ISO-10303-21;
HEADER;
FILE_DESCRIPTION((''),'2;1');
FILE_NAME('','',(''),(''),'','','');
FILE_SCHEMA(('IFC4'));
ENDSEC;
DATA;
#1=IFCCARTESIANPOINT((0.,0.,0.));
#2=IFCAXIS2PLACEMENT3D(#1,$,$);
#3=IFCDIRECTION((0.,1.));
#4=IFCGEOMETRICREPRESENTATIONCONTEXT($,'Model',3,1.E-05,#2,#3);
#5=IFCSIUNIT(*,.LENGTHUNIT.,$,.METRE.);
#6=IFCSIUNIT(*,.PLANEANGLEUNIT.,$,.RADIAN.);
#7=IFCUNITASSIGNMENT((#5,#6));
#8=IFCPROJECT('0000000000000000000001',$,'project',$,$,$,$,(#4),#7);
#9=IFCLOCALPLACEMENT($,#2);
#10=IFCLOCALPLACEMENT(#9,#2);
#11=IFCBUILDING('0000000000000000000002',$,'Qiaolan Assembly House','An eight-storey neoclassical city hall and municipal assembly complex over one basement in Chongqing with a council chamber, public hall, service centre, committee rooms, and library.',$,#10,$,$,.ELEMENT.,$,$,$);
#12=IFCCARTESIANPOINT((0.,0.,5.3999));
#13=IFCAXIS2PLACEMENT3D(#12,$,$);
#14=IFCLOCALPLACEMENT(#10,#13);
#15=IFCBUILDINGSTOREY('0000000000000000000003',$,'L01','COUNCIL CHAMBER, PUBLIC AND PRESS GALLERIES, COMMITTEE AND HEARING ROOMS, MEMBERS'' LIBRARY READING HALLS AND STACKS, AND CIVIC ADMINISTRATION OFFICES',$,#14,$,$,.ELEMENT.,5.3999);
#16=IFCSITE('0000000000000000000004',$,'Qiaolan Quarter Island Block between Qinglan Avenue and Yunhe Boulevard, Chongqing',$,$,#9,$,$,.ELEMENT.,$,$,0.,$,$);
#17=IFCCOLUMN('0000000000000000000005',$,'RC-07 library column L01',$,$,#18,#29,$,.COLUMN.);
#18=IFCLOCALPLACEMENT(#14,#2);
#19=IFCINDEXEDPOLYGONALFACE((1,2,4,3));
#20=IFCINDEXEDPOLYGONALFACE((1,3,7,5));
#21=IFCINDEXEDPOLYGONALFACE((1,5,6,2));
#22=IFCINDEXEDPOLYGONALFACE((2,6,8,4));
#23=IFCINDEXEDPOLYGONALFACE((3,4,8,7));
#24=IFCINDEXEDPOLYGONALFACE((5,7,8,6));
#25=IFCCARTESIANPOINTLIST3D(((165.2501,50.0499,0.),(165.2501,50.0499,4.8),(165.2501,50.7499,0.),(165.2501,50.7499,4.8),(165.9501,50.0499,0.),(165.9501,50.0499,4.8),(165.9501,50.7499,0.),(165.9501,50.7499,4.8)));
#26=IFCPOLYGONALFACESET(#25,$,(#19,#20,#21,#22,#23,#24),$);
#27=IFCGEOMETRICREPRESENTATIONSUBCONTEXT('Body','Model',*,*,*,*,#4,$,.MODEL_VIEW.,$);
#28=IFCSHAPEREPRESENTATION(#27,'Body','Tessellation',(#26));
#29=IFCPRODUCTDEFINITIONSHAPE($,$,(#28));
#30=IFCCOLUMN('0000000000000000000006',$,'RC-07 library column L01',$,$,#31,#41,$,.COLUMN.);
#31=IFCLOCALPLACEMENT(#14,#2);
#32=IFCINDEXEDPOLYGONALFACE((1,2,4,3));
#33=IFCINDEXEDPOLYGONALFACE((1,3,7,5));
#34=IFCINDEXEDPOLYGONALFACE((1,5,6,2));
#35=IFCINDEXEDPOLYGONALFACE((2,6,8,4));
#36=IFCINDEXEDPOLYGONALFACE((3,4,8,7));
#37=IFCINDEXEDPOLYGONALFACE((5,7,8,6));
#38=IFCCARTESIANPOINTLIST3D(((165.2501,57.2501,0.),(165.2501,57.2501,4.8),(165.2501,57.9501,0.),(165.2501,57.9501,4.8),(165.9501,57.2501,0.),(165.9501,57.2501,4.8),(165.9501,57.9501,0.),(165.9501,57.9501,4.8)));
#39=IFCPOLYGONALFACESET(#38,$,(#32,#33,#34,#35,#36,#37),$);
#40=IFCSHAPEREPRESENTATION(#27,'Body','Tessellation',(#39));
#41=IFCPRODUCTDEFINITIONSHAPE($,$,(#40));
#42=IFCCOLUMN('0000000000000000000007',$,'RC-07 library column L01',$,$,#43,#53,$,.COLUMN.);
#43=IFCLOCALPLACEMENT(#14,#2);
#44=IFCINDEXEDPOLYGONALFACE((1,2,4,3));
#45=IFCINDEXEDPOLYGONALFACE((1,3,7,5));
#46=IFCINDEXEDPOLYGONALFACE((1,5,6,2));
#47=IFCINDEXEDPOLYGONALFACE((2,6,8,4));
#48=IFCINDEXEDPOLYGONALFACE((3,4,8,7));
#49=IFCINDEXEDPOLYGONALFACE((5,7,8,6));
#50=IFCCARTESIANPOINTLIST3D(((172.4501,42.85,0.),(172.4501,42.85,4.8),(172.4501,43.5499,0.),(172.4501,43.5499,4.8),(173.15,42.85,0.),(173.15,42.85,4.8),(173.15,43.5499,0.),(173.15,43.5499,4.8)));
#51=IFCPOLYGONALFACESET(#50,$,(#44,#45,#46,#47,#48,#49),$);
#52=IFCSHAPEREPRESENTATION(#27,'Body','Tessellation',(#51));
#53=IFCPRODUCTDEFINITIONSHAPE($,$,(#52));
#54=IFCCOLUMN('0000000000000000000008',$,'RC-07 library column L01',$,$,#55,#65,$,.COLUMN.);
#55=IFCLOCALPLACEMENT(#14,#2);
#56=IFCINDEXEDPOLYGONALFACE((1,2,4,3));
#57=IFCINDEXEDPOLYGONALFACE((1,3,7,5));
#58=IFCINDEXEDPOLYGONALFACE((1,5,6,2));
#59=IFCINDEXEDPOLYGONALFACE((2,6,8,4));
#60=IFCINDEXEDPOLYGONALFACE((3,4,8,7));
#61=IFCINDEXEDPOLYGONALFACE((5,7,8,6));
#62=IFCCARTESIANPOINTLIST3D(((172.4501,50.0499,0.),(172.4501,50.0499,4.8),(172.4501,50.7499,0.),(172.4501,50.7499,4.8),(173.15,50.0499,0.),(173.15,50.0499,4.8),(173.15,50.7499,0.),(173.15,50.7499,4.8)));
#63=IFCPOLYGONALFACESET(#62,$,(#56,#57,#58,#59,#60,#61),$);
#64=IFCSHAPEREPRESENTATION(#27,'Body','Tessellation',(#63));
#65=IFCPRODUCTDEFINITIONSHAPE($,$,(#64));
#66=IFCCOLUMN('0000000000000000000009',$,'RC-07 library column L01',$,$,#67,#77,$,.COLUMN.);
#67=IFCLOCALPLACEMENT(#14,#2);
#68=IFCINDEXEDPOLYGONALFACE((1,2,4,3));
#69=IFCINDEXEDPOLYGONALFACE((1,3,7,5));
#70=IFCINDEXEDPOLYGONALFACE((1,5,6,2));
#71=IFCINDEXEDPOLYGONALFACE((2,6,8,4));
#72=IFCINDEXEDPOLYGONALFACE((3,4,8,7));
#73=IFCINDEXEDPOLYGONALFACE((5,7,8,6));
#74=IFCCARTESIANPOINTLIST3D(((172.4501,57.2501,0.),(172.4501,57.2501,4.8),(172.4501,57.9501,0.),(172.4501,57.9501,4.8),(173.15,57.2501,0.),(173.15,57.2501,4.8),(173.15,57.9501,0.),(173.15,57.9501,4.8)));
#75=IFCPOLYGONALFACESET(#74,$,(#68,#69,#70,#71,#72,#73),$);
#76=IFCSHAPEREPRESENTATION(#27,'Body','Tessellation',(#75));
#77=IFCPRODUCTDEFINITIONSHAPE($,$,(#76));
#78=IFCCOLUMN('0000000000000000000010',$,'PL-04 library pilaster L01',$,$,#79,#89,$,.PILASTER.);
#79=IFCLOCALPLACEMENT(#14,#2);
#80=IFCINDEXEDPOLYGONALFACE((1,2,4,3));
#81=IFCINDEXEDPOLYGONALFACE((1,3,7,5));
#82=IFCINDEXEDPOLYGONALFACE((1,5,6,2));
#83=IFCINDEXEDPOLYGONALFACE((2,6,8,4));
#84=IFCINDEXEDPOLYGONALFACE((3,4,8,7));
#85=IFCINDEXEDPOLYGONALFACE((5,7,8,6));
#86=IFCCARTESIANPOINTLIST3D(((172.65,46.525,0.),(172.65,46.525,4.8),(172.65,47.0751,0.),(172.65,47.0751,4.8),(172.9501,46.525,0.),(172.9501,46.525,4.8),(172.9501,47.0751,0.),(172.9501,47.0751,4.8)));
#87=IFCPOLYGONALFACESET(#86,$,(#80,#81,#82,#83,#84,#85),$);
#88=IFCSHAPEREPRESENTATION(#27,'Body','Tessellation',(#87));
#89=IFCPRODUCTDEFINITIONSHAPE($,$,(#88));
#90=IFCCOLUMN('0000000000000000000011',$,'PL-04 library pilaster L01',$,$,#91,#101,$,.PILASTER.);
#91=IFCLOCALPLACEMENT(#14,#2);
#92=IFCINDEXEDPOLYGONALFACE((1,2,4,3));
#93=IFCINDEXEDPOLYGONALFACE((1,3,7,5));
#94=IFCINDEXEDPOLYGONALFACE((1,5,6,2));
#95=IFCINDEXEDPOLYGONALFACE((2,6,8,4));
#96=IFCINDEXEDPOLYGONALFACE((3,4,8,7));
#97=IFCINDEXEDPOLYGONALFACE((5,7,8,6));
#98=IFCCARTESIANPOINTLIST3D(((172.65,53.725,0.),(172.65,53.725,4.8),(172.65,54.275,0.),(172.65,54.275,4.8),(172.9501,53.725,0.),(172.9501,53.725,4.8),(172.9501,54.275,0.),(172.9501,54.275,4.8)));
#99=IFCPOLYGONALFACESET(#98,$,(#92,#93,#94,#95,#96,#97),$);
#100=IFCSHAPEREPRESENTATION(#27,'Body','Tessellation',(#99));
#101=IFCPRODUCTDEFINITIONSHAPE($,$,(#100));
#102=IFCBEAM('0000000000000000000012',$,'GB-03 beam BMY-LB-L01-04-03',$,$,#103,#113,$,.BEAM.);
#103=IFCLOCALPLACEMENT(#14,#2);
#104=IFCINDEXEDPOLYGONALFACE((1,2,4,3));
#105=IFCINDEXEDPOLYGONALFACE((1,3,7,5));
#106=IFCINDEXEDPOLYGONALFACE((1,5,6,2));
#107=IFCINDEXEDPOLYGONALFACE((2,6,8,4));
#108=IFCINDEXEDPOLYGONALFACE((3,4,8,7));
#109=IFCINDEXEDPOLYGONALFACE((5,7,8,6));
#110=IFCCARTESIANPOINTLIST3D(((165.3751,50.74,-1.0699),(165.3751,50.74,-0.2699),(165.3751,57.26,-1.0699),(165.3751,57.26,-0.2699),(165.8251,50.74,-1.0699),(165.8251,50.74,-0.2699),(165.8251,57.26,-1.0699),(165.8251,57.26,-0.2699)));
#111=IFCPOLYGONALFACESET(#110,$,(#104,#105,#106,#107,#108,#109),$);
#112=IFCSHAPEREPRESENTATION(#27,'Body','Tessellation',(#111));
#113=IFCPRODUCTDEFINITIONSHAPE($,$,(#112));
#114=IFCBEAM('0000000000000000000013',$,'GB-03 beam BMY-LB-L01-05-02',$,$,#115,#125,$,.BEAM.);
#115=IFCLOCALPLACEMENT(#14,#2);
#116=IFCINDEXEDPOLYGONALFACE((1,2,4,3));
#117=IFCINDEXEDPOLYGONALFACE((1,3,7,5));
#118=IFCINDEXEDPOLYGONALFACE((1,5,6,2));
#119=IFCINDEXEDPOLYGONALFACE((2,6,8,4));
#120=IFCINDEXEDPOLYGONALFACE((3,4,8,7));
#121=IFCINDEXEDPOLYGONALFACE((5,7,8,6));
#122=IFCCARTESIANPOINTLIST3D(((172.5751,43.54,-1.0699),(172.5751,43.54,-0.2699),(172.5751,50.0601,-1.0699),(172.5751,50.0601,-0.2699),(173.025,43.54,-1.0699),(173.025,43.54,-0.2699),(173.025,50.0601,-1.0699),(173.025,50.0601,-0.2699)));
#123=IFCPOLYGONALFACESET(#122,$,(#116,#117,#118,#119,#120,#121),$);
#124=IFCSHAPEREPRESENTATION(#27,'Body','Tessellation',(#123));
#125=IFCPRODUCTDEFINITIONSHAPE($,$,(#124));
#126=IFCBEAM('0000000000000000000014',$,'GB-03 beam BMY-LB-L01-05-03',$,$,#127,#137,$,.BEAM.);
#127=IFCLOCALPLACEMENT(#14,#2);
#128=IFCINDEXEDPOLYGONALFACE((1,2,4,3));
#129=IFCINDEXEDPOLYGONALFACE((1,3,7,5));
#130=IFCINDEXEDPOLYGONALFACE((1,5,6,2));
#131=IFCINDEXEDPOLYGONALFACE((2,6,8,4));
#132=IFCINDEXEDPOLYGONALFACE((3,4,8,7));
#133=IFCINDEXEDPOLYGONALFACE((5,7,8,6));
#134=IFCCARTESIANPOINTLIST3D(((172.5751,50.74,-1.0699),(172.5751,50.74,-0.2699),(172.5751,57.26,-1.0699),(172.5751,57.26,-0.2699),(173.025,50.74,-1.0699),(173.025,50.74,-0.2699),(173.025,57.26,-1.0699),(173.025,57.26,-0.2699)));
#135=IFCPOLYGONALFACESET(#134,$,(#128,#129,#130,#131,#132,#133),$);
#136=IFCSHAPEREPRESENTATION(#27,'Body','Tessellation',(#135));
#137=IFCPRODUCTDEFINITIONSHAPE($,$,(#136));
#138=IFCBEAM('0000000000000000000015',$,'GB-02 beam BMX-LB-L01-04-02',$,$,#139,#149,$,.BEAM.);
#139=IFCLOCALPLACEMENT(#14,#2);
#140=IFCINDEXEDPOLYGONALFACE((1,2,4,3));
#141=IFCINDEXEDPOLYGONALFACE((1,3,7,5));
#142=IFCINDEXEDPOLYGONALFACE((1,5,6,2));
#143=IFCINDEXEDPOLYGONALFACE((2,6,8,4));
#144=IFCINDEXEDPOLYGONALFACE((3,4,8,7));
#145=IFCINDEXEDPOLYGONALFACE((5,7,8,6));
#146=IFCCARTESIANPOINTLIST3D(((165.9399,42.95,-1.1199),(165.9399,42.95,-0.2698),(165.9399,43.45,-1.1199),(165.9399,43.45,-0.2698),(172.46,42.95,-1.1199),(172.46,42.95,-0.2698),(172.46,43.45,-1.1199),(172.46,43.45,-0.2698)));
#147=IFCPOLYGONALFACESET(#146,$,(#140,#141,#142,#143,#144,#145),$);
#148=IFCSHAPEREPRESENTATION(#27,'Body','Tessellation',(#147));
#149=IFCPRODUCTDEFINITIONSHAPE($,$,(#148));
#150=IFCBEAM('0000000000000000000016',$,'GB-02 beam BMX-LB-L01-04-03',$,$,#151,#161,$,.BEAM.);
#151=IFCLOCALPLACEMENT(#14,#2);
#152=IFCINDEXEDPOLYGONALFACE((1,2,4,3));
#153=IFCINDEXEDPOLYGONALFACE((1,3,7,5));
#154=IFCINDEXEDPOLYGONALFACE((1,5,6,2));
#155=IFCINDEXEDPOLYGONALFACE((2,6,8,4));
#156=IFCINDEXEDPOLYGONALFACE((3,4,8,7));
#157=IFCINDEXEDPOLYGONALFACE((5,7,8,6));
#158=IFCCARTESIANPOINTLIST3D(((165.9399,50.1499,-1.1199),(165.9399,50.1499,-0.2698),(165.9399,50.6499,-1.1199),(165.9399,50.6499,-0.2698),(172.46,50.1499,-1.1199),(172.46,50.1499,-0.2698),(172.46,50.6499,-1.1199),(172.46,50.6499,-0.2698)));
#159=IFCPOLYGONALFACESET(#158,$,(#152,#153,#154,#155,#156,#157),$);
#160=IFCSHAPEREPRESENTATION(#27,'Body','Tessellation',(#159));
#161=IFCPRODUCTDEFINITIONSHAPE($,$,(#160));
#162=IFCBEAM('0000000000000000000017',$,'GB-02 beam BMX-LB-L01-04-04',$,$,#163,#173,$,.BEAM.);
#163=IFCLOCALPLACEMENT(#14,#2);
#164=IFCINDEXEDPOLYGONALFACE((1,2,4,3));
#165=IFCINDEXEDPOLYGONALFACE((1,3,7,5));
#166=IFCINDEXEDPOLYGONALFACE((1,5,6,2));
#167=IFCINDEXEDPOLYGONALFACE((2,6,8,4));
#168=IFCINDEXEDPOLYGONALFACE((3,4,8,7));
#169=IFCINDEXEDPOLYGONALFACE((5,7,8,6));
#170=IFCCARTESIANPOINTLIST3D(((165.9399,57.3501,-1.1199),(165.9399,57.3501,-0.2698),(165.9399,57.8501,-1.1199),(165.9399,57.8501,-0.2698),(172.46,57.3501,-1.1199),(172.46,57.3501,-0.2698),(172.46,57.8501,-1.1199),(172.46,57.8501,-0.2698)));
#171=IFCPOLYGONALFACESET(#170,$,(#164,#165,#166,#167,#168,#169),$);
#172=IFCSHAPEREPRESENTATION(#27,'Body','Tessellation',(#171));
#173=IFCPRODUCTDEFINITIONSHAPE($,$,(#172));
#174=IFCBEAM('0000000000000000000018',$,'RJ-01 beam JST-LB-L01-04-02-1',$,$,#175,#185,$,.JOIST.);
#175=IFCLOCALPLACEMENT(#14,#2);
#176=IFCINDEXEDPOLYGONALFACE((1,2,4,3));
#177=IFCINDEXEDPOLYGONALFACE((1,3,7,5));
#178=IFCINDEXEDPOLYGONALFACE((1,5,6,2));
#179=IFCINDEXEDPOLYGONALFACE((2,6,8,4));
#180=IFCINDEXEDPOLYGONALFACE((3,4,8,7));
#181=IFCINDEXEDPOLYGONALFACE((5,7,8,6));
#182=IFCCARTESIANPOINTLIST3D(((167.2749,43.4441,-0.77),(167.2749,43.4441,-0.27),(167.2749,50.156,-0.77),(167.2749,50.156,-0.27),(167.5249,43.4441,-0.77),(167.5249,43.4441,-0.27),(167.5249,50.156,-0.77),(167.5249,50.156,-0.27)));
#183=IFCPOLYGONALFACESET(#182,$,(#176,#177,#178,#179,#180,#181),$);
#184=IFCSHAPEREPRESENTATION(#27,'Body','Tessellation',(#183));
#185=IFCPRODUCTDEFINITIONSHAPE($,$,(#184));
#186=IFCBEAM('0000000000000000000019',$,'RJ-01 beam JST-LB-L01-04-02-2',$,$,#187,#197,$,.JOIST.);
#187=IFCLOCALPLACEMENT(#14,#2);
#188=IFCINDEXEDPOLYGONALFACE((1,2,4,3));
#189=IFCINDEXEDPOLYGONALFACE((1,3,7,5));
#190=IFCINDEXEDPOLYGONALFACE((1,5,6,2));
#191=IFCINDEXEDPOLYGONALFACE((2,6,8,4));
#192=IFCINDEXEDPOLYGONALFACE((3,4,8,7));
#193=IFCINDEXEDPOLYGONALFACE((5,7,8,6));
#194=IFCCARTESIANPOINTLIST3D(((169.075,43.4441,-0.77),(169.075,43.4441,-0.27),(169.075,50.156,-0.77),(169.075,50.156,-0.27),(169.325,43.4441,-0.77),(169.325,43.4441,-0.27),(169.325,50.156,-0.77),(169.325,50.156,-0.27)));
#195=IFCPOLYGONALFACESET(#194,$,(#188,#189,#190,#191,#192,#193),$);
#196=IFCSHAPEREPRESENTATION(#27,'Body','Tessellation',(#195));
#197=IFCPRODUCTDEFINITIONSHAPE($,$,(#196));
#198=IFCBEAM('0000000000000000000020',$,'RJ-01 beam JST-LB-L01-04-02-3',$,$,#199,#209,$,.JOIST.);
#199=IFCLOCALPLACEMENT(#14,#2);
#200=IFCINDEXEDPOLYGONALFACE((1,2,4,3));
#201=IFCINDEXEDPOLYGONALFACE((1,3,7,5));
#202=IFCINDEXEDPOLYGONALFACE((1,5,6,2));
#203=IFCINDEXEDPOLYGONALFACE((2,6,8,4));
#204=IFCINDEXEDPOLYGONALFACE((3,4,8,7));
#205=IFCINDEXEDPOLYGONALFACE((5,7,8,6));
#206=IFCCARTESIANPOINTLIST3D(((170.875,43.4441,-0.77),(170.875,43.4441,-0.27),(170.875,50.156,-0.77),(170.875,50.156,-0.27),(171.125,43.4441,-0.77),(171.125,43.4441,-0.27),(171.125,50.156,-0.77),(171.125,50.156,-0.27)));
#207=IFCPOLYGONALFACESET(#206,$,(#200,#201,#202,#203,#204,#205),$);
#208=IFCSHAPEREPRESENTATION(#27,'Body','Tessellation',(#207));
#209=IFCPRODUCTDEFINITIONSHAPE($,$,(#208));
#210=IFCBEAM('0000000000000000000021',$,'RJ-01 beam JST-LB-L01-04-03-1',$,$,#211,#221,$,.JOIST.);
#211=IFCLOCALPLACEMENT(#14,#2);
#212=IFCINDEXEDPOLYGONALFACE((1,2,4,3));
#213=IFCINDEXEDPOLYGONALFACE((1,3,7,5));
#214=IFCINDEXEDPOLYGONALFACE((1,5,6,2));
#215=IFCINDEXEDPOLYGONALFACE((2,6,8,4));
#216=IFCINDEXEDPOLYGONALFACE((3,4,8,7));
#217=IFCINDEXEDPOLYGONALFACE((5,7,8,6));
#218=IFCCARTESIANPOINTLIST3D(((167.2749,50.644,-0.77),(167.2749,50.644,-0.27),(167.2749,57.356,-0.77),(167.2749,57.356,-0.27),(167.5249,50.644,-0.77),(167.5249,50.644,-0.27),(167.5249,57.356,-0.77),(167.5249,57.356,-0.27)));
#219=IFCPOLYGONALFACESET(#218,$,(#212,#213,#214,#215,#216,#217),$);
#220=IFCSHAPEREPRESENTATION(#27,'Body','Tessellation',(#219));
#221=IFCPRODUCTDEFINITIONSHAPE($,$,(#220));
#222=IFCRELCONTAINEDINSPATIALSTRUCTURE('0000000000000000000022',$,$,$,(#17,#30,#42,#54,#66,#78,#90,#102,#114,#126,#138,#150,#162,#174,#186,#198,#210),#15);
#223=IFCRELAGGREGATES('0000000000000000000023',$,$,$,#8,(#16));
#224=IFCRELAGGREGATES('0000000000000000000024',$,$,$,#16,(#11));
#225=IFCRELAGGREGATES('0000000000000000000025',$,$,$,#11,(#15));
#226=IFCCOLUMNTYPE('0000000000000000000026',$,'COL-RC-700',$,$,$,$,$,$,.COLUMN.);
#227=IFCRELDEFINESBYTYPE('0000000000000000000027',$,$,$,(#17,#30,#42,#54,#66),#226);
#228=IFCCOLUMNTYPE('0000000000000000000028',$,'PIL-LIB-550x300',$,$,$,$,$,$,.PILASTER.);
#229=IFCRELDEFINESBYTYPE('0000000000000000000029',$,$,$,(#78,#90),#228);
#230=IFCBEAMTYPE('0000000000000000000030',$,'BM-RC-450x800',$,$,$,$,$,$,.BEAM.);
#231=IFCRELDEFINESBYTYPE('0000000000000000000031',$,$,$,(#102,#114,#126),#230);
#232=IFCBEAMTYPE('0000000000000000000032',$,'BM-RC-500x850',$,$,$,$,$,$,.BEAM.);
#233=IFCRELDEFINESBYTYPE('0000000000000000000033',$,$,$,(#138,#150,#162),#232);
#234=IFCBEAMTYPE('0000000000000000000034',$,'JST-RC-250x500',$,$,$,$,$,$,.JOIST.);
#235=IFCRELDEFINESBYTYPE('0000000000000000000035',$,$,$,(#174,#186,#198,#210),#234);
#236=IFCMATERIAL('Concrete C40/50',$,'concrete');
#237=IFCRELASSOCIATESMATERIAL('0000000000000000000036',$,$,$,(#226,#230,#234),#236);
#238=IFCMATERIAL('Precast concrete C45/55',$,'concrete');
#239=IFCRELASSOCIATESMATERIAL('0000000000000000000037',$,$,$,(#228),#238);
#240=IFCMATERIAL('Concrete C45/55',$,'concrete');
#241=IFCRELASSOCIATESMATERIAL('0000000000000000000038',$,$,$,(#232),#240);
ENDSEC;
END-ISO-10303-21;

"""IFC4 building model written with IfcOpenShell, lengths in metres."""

from ifc_helpers import new_model, si_unit, direction, frame, origin, origin_2d, place, context, subcontext, project, spatial, rectangle, extrude, material, material_profile, profile_set, type_object, element, save


model = new_model("IFC4")

# Units and contexts
model_context = context("Model", 3, precision=1e-05, world=origin(), true_north=direction((0.0, 1.0)))
body_context = subcontext(model_context, "Body", "Model", "MODEL_VIEW")
ifc_project = project(units=[si_unit("LENGTHUNIT", "METRE"), si_unit("PLANEANGLEUNIT", "RADIAN")], contexts=[model_context])

# Site, building, storey
site_placement = place(None, origin())
site = spatial("IfcSite", under=ifc_project, at=site_placement, Name="Qiaolan Quarter Island Block between Qinglan Avenue and Yunhe Boulevard, Chongqing", CompositionType="ELEMENT", RefElevation=0.0)
building_placement = place(site_placement, origin())
building = spatial("IfcBuilding", under=site, at=building_placement, Name="Qiaolan Assembly House", Description="An eight-storey neoclassical city hall and municipal assembly complex over one basement in Chongqing with a council chamber, public hall, service centre, committee rooms, and library.", CompositionType="ELEMENT")
storey_placement = place(building_placement, frame((0.0, 0.0, 5.3999)))
storey = spatial("IfcBuildingStorey", under=building, at=storey_placement, Name="L01", Description="COUNCIL CHAMBER, PUBLIC AND PRESS GALLERIES, COMMITTEE AND HEARING ROOMS, MEMBERS' LIBRARY READING HALLS AND STACKS, AND CIVIC ADMINISTRATION OFFICES", CompositionType="ELEMENT", Elevation=5.3999)

# Columns
ifc_material_1 = material(Name="Concrete C40/50", Category="concrete")
ifc_material_profile_1 = material_profile(ifc_material_1, rectangle(XDim=0.7, YDim=0.7, at=origin_2d()), Name="RC 700x700")
ifc_profile_set_1 = profile_set([ifc_material_profile_1], Name="Concrete C40/50")
column_type_1 = type_object("IfcColumnType", Name="COL-RC-700", PredefinedType="COLUMN", material=ifc_profile_set_1)
for number, where, z_axis, x_axis, name in (
    (1, (165.6001, 50.3999, 0.0), (0.0, 0.0, 1.0), (1.0, 0.0, 0.0), "RC-07 library column L01"),
    (2, (165.6001, 57.6001, 0.0), (0.0, 0.0, 1.0), (1.0, 0.0, 0.0), "RC-07 library column L01"),
    (3, (172.8, 43.2, 0.0), (0.0, 0.0, 1.0), (1.0, 0.0, 0.0), "RC-07 library column L01"),
    (4, (172.8, 50.3999, 0.0), (0.0, 0.0, 1.0), (1.0, 0.0, 0.0), "RC-07 library column L01"),
    (5, (172.8, 57.6001, 0.0), (0.0, 0.0, 1.0), (1.0, 0.0, 0.0), "RC-07 library column L01"),
):
    element("IfcColumn", number, at=place(storey_placement, frame(where, z_axis=z_axis, x_axis=x_axis)), inside=storey, type_object=column_type_1, Name=name, PredefinedType="COLUMN", context=body_context, shape_type="SweptSolid", body=[
        extrude(rectangle(XDim=0.7, YDim=0.7, at=origin_2d()), origin(), (0.0, 0.0, 1.0), 4.8),
    ])
ifc_material_2 = material(Name="Precast concrete C45/55", Category="concrete")
ifc_material_profile_2 = material_profile(ifc_material_2, rectangle(XDim=0.55, YDim=0.3, at=origin_2d()), Name="PIL 550x300")
ifc_profile_set_2 = profile_set([ifc_material_profile_2], Name="Precast concrete C45/55")
column_type_2 = type_object("IfcColumnType", Name="PIL-LIB-550x300", PredefinedType="PILASTER", material=ifc_profile_set_2)
for number, where, z_axis, x_axis, name in (
    (6, (172.8, 46.8, 0.0), (0.0, 0.0, 1.0), (0.0, 1.0, 0.0), "PL-04 library pilaster L01"),
    (7, (172.8, 54.0, 0.0), (0.0, 0.0, 1.0), (0.0, 1.0, 0.0), "PL-04 library pilaster L01"),
):
    element("IfcColumn", number, at=place(storey_placement, frame(where, z_axis=z_axis, x_axis=x_axis)), inside=storey, type_object=column_type_2, Name=name, PredefinedType="PILASTER", context=body_context, shape_type="SweptSolid", body=[
        extrude(rectangle(XDim=0.55, YDim=0.3, at=origin_2d()), origin(), (0.0, 0.0, 1.0), 4.8),
    ])

# Beams
ifc_material_profile_3 = material_profile(ifc_material_1, rectangle(XDim=0.45, YDim=0.8, at=origin_2d()), Name="RCB 450x800")
ifc_profile_set_3 = profile_set([ifc_material_profile_3], Name="Concrete C40/50")
beam_type_1 = type_object("IfcBeamType", Name="BM-RC-450x800", PredefinedType="BEAM", material=ifc_profile_set_3)
for number, where, z_axis, x_axis, name in (
    (8, (165.6001, 50.74, -0.6699), (0.0, 1.0, 0.0), (-1.0, 0.0, 0.0), "GB-03 beam BMY-LB-L01-04-03"),
    (9, (172.8, 43.54, -0.6699), (0.0, 1.0, 0.0), (-1.0, 0.0, 0.0), "GB-03 beam BMY-LB-L01-05-02"),
    (10, (172.8, 50.74, -0.6699), (0.0, 1.0, 0.0), (-1.0, 0.0, 0.0), "GB-03 beam BMY-LB-L01-05-03"),
):
    element("IfcBeam", number, at=place(storey_placement, frame(where, z_axis=z_axis, x_axis=x_axis)), inside=storey, type_object=beam_type_1, Name=name, PredefinedType="BEAM", context=body_context, shape_type="SweptSolid", body=[
        extrude(rectangle(XDim=0.45, YDim=0.8, at=origin_2d()), origin(), (0.0, 0.0, 1.0), 6.52),
    ])
ifc_material_3 = material(Name="Concrete C45/55", Category="concrete")
ifc_material_profile_4 = material_profile(ifc_material_3, rectangle(XDim=0.5, YDim=0.8501, at=origin_2d()), Name="RCB 500x850")
ifc_profile_set_4 = profile_set([ifc_material_profile_4], Name="Concrete C45/55")
beam_type_2 = type_object("IfcBeamType", Name="BM-RC-500x850", PredefinedType="BEAM", material=ifc_profile_set_4)
for number, where, z_axis, x_axis, name in (
    (11, (165.9399, 43.2, -0.6948), (1.0, 0.0, 0.0), (0.0, 1.0, 0.0), "GB-02 beam BMX-LB-L01-04-02"),
    (12, (165.9399, 50.3999, -0.6948), (1.0, 0.0, 0.0), (0.0, 1.0, 0.0), "GB-02 beam BMX-LB-L01-04-03"),
    (13, (165.9399, 57.6001, -0.6948), (1.0, 0.0, 0.0), (0.0, 1.0, 0.0), "GB-02 beam BMX-LB-L01-04-04"),
):
    element("IfcBeam", number, at=place(storey_placement, frame(where, z_axis=z_axis, x_axis=x_axis)), inside=storey, type_object=beam_type_2, Name=name, PredefinedType="BEAM", context=body_context, shape_type="SweptSolid", body=[
        extrude(rectangle(XDim=0.5, YDim=0.8501, at=origin_2d()), origin(), (0.0, 0.0, 1.0), 6.52),
    ])
ifc_material_profile_5 = material_profile(ifc_material_1, rectangle(XDim=0.25, YDim=0.5, at=origin_2d()), Name="RCB 250x500")
ifc_profile_set_5 = profile_set([ifc_material_profile_5], Name="Concrete C40/50")
beam_type_3 = type_object("IfcBeamType", Name="JST-RC-250x500", PredefinedType="JOIST", material=ifc_profile_set_5)
for number, where, z_axis, x_axis, name in (
    (14, (167.3999, 43.4441, -0.52), (0.0, 1.0, 0.0), (-1.0, 0.0, 0.0), "RJ-01 beam JST-LB-L01-04-02-1"),
    (15, (169.2, 43.4441, -0.52), (0.0, 1.0, 0.0), (-1.0, 0.0, 0.0), "RJ-01 beam JST-LB-L01-04-02-2"),
    (16, (171.0, 43.4441, -0.52), (0.0, 1.0, 0.0), (-1.0, 0.0, 0.0), "RJ-01 beam JST-LB-L01-04-02-3"),
    (17, (167.3999, 50.644, -0.52), (0.0, 1.0, 0.0), (-1.0, 0.0, 0.0), "RJ-01 beam JST-LB-L01-04-03-1"),
):
    element("IfcBeam", number, at=place(storey_placement, frame(where, z_axis=z_axis, x_axis=x_axis)), inside=storey, type_object=beam_type_3, Name=name, PredefinedType="JOIST", context=body_context, shape_type="SweptSolid", body=[
        extrude(rectangle(XDim=0.25, YDim=0.5, at=origin_2d()), origin(), (0.0, 0.0, 1.0), 6.7119),
    ])

save(model, "model.ifc")
